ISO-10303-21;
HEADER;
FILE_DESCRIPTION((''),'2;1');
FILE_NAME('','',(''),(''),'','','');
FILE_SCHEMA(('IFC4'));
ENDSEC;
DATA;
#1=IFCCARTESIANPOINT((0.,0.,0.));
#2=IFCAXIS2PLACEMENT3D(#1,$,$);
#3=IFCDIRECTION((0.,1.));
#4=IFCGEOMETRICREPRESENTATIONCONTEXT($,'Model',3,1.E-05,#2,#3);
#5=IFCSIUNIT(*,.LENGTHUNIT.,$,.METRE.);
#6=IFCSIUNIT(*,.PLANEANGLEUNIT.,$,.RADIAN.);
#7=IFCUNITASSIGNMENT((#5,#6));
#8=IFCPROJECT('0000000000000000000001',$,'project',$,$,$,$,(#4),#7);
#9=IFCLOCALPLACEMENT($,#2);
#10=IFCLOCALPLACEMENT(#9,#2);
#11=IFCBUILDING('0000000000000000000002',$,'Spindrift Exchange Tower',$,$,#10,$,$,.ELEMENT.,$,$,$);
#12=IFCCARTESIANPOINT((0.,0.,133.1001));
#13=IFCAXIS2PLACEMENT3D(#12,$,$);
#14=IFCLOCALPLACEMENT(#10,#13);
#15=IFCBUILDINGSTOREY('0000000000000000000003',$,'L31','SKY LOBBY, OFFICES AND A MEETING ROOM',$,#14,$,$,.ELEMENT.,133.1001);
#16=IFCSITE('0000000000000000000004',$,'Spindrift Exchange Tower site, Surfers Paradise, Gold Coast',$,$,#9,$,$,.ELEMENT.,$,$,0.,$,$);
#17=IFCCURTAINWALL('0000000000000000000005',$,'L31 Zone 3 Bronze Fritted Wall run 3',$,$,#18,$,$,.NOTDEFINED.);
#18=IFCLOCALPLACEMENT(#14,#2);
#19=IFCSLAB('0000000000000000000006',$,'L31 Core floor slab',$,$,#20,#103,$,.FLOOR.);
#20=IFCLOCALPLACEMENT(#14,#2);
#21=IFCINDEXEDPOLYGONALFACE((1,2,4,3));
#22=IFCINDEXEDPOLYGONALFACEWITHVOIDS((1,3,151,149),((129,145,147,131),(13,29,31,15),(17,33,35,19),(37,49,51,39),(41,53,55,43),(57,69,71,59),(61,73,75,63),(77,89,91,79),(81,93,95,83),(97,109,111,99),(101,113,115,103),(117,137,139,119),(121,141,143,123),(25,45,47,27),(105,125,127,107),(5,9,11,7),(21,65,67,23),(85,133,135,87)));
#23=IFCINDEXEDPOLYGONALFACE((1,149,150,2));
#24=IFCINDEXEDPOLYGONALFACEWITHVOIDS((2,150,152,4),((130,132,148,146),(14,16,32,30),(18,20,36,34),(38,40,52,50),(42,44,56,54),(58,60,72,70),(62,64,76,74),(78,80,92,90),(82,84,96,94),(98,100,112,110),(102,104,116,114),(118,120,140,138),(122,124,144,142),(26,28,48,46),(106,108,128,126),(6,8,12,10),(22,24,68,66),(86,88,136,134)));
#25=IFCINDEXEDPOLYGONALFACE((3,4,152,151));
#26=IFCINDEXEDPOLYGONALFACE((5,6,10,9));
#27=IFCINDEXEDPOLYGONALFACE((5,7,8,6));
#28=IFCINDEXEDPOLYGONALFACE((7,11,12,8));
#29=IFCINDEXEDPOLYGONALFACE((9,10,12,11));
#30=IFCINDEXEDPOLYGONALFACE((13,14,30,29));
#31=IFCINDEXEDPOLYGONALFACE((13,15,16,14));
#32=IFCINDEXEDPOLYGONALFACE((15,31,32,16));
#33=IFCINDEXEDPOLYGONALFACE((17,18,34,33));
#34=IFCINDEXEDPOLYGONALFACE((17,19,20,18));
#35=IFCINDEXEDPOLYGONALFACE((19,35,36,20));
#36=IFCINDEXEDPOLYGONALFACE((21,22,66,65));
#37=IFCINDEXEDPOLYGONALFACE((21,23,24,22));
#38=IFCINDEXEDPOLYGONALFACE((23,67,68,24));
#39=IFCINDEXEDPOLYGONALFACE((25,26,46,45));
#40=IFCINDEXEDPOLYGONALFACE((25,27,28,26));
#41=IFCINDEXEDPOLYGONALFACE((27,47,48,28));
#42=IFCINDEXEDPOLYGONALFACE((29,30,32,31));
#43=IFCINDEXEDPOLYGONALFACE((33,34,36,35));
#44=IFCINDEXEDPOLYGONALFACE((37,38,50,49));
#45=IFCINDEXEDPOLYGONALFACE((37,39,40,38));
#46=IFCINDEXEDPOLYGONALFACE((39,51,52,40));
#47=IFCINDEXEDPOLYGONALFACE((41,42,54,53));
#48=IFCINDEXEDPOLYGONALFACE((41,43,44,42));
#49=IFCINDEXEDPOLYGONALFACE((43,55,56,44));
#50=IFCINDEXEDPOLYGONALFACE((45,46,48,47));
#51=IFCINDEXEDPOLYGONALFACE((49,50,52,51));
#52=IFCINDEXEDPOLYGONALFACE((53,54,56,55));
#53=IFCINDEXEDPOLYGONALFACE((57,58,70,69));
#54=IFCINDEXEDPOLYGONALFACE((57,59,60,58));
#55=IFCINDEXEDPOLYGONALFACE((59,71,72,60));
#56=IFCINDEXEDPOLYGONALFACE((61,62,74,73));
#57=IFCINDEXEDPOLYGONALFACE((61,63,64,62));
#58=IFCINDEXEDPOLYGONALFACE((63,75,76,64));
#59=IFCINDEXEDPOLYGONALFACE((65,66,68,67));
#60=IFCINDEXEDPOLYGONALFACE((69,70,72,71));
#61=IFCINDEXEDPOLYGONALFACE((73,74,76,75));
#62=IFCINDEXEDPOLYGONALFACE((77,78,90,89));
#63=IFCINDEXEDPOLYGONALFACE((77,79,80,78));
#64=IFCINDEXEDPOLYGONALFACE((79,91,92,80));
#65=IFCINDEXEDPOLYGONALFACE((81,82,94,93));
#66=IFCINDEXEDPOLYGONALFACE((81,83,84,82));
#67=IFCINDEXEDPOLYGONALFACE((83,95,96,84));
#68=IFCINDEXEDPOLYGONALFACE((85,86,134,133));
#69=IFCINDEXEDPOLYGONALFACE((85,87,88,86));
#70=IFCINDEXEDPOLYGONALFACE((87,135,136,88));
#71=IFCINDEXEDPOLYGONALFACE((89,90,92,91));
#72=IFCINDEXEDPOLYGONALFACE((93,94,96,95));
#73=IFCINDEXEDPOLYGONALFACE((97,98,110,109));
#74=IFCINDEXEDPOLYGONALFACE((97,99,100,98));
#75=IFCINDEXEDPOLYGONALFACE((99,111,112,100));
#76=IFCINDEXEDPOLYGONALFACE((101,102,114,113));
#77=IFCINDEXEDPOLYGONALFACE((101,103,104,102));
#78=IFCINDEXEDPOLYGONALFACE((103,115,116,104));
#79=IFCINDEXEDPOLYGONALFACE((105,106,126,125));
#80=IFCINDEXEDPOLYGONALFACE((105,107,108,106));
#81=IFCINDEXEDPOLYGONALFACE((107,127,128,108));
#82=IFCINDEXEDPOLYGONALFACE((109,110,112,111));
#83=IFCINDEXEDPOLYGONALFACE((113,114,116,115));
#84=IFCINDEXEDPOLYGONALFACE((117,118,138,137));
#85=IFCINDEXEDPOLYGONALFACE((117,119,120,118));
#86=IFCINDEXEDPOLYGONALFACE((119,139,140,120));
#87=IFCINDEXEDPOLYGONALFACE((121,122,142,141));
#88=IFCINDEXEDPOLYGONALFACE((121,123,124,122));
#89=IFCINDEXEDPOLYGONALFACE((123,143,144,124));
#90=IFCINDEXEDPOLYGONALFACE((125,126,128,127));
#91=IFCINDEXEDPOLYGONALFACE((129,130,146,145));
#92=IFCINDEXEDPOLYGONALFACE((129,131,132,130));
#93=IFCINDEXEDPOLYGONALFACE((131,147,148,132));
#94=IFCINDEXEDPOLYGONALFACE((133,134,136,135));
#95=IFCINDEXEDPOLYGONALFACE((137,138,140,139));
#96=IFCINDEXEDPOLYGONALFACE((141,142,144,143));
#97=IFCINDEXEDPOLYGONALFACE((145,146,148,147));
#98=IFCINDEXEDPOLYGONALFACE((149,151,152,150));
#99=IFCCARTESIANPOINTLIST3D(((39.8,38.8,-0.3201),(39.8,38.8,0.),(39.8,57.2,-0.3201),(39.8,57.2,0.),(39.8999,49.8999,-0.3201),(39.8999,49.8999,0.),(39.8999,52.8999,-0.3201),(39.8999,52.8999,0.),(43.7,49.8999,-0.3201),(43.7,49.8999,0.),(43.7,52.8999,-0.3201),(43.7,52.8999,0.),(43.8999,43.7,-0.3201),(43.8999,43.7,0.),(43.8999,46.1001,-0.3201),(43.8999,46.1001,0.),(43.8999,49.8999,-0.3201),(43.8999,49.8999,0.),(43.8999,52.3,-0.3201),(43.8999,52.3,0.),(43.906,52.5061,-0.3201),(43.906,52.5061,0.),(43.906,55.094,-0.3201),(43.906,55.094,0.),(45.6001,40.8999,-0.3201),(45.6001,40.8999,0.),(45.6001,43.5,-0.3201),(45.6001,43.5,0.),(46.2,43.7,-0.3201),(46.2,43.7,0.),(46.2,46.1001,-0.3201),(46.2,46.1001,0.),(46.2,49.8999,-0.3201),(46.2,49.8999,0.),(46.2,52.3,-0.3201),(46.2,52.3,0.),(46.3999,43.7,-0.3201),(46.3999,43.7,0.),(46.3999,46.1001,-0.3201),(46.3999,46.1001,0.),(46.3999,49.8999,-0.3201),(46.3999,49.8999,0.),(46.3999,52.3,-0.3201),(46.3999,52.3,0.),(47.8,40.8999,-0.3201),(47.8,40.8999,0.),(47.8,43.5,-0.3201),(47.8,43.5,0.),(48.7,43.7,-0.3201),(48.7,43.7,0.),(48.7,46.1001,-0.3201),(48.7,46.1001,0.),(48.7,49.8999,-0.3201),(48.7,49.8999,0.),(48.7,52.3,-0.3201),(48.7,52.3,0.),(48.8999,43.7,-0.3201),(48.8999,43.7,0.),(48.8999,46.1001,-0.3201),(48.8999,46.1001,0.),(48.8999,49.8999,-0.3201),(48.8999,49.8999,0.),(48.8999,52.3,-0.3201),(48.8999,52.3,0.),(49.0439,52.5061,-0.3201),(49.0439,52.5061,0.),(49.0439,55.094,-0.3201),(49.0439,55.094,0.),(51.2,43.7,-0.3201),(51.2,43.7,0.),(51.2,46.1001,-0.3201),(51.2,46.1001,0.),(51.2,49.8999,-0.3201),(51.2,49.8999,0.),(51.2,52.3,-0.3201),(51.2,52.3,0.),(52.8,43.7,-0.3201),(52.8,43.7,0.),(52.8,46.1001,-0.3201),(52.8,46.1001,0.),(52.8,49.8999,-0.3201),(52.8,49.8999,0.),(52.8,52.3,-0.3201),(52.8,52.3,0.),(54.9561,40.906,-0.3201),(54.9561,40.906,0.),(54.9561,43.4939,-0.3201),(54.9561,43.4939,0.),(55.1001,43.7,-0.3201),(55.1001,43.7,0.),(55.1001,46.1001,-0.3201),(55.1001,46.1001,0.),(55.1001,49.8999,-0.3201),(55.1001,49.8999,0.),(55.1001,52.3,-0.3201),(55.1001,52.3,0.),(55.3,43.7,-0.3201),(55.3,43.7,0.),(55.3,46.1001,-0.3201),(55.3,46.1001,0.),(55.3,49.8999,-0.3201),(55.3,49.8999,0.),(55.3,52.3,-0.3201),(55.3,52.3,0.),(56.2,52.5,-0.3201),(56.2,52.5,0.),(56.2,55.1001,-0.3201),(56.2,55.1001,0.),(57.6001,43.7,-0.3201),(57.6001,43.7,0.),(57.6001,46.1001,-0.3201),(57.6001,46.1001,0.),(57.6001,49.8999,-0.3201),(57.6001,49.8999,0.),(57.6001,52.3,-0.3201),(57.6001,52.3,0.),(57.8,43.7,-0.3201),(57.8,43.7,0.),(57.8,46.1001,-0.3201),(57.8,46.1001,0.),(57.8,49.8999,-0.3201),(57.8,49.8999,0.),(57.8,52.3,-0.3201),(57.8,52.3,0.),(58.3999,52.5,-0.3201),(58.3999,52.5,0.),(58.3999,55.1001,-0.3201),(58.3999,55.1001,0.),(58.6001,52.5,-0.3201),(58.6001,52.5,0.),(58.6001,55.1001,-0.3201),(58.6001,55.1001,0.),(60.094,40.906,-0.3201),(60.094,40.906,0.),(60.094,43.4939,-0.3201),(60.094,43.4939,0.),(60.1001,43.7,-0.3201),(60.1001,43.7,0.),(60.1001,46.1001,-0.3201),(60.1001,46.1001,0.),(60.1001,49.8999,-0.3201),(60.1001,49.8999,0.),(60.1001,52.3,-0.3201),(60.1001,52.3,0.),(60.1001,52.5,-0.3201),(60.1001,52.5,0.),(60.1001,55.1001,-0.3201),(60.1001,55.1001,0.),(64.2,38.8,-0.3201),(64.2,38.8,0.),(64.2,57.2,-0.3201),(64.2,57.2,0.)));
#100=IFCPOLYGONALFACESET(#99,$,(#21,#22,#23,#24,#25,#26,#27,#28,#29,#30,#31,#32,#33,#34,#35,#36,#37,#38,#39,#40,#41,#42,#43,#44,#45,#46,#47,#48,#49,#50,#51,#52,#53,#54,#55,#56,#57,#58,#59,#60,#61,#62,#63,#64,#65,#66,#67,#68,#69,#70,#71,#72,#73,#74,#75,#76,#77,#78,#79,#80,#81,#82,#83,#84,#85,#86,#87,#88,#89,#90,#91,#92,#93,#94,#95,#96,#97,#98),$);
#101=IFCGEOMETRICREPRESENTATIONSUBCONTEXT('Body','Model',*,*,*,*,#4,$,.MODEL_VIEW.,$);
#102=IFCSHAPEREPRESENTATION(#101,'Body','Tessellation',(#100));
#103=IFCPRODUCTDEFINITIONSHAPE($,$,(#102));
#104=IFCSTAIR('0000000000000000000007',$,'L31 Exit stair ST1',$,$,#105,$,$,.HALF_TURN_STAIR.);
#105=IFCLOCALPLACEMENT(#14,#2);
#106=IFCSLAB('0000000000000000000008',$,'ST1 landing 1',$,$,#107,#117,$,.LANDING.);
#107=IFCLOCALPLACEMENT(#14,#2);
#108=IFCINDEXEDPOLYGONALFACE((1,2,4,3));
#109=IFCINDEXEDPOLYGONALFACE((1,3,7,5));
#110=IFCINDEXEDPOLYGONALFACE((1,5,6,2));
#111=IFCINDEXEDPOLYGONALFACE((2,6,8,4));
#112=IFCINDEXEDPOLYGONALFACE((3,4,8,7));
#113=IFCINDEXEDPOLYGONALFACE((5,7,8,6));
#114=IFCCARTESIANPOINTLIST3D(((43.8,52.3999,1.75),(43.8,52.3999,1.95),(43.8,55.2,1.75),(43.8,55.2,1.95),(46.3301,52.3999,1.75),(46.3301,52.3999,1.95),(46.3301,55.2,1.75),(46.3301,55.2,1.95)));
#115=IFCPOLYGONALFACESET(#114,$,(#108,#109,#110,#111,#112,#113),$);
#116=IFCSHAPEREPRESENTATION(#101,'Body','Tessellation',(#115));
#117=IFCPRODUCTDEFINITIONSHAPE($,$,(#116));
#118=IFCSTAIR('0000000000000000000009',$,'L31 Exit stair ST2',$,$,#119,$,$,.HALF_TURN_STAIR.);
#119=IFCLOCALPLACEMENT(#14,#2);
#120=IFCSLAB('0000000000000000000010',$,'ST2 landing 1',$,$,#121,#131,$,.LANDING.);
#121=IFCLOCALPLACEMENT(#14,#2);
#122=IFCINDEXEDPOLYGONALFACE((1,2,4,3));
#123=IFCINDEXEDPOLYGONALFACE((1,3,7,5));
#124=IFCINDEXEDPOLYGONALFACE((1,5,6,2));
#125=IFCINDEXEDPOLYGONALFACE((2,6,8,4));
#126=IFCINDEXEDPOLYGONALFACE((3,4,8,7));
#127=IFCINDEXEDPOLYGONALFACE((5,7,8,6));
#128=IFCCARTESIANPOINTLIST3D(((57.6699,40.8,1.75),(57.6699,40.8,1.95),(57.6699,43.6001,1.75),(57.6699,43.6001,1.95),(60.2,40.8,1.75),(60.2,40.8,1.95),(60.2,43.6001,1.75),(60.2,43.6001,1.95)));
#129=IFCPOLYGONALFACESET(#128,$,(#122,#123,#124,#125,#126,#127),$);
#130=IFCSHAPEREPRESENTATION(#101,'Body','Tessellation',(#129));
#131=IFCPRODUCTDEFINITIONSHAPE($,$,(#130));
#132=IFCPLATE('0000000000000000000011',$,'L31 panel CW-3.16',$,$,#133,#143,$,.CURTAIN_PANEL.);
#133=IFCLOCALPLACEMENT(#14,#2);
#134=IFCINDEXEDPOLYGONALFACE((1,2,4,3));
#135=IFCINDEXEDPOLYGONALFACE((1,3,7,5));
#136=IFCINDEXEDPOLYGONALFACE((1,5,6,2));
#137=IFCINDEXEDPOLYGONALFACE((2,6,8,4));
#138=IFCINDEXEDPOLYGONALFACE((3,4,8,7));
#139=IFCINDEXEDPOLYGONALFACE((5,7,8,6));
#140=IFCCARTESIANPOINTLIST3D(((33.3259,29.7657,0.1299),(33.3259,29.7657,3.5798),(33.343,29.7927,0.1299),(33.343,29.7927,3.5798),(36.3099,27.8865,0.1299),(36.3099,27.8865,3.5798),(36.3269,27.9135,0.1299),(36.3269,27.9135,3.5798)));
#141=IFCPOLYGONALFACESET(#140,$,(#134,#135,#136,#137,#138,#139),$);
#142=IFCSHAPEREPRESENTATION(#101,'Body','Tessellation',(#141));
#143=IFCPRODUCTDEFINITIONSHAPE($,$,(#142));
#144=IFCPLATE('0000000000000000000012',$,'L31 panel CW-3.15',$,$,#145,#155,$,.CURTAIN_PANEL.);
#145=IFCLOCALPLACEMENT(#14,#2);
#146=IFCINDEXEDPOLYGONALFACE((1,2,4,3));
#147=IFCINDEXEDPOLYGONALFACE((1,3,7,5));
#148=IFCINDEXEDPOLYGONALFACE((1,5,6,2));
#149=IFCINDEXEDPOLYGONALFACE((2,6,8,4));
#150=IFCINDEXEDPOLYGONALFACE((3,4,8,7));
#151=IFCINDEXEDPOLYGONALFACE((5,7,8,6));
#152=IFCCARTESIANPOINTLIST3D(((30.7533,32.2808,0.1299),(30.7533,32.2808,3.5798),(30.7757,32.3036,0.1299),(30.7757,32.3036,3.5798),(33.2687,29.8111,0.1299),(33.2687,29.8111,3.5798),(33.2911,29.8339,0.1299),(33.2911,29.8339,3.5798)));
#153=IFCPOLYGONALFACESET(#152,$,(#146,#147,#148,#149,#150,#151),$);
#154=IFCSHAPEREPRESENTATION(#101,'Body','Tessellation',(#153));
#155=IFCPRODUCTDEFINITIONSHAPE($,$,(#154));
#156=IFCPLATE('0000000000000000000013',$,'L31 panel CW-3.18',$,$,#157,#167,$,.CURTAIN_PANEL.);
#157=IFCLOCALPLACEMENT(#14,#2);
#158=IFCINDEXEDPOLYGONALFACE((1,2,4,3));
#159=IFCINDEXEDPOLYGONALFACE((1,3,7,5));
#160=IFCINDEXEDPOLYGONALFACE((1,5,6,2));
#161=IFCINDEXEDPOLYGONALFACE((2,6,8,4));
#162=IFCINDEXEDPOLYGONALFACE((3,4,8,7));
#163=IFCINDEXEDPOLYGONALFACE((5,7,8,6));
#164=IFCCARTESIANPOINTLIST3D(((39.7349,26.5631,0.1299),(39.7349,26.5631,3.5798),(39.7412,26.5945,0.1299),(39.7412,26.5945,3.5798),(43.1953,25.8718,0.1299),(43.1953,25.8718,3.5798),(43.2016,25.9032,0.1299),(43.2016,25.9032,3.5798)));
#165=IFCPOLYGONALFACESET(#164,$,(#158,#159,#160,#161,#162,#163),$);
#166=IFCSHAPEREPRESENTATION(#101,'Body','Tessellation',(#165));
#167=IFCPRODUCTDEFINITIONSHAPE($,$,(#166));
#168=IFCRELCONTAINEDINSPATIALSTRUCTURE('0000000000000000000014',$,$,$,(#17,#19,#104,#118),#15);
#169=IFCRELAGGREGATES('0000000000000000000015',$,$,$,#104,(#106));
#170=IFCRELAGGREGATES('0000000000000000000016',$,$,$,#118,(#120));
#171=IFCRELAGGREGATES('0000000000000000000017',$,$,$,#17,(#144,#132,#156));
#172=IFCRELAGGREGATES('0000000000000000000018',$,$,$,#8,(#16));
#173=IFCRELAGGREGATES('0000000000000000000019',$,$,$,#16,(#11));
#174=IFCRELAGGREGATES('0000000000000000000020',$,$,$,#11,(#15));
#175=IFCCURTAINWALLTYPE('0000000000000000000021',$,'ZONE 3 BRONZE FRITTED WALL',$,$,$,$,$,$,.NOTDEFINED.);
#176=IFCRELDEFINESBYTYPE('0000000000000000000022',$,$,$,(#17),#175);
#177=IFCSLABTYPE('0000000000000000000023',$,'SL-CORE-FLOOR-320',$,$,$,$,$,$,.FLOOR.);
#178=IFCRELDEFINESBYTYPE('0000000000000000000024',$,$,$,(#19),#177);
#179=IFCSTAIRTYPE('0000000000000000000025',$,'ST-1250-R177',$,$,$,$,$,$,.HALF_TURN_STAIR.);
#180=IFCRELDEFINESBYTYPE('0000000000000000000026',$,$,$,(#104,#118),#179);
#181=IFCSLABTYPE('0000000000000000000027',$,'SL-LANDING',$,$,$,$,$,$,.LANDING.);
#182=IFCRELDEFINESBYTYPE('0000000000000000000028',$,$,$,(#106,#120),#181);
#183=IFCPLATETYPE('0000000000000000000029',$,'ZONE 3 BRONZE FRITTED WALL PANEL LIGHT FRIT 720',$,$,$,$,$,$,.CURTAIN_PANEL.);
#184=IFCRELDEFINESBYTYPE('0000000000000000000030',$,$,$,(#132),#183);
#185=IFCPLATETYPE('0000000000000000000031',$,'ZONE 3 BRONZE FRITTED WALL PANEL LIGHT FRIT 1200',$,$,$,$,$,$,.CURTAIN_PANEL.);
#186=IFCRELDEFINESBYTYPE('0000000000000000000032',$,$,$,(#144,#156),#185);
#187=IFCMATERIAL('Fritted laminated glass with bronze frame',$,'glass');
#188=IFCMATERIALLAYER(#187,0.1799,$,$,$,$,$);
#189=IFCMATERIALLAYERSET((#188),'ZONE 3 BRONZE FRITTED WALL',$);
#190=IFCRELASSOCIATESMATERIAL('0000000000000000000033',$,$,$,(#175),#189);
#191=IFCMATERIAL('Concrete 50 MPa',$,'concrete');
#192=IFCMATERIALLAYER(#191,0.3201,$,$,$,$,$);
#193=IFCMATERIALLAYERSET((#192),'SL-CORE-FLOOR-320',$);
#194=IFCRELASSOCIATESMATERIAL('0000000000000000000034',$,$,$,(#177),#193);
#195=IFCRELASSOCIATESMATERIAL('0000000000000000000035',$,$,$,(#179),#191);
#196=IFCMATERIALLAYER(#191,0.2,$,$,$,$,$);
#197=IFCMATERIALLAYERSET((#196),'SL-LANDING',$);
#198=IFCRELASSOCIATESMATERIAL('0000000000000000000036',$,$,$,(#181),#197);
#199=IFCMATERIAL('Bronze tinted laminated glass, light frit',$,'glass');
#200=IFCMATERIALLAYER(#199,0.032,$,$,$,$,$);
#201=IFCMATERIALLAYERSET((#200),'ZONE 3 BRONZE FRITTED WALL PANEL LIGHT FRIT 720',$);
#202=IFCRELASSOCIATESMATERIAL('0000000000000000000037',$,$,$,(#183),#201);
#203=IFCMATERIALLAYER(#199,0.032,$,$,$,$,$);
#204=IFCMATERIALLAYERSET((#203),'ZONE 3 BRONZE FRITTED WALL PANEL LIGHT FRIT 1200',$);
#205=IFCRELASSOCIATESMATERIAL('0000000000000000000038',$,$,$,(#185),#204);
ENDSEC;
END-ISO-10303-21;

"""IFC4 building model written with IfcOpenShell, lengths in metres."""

from ifc_helpers import new_model, si_unit, direction, frame, origin, origin_2d, place, context, subcontext, project, spatial, line, indexed_curve, rectangle, outline, extrude, source, transform, mapped, material, layer, layer_set, type_object, element, aggregate, save


model = new_model("IFC4")

# Units and contexts
model_context = context("Model", 3, precision=1e-05, world=origin(), true_north=direction((0.0, 1.0)))
body_context = subcontext(model_context, "Body", "Model", "MODEL_VIEW")
ifc_project = project(units=[si_unit("LENGTHUNIT", "METRE"), si_unit("PLANEANGLEUNIT", "RADIAN")], contexts=[model_context])

# Site, building, storey
site_placement = place(None, origin())
site = spatial("IfcSite", under=ifc_project, at=site_placement, Name="Spindrift Exchange Tower site, Surfers Paradise, Gold Coast", CompositionType="ELEMENT", RefElevation=0.0)
building_placement = place(site_placement, origin())
building = spatial("IfcBuilding", under=site, at=building_placement, Name="Spindrift Exchange Tower", CompositionType="ELEMENT")
storey_placement = place(building_placement, frame((0.0, 0.0, 133.1001)))
storey = spatial("IfcBuildingStorey", under=building, at=storey_placement, Name="L31", Description="SKY LOBBY, OFFICES AND A MEETING ROOM", CompositionType="ELEMENT", Elevation=133.1001)

# Shared definitions
ifc_material_1 = material(Name="Concrete 50 MPa", Category="concrete")

# Curtain wall
ifc_material_2 = material(Name="Fritted laminated glass with bronze frame", Category="glass")
ifc_layer_1 = layer(ifc_material_2, 0.1799)
ifc_layer_set_1 = layer_set([ifc_layer_1], Name="ZONE 3 BRONZE FRITTED WALL")
curtain_wall_type = type_object("IfcCurtainWallType", Name="ZONE 3 BRONZE FRITTED WALL", PredefinedType="NOTDEFINED", material=ifc_layer_set_1)
curtain_wall_placement = place(storey_placement, origin())
curtain_wall = element("IfcCurtainWall", 1, at=curtain_wall_placement, inside=storey, type_object=curtain_wall_type, Name="L31 Zone 3 Bronze Fritted Wall run 3", PredefinedType="NOTDEFINED")

# Slab
ifc_layer_2 = layer(ifc_material_1, 0.3201)
ifc_layer_set_2 = layer_set([ifc_layer_2], Name="SL-CORE-FLOOR-320")
slab_type_1 = type_object("IfcSlabType", Name="SL-CORE-FLOOR-320", PredefinedType="FLOOR", material=ifc_layer_set_2)
slab_1_placement = place(storey_placement, frame((0.0, 0.0, -0.3201)))
element("IfcSlab", 2, at=slab_1_placement, inside=storey, type_object=slab_type_1, Name="L31 Core floor slab", PredefinedType="FLOOR", context=body_context, shape_type="SweptSolid", body=[
    extrude(outline(indexed_curve([(39.8, 38.8), (39.8, 57.2), (64.2, 57.2), (64.2, 38.8)], segments=[line(1, 2, 3, 4, 1)], self_intersect=False), holes=[indexed_curve([(47.8, 43.5), (45.6001, 43.5), (45.6001, 40.8999), (47.8, 40.8999)], segments=[line(1, 2, 3, 4, 1)], self_intersect=False), indexed_curve([(46.2, 46.1001), (43.8999, 46.1001), (43.8999, 43.7), (46.2, 43.7)], segments=[line(1, 2, 3, 4, 1)], self_intersect=False), indexed_curve([(48.7, 46.1001), (46.3999, 46.1001), (46.3999, 43.7), (48.7, 43.7)], segments=[line(1, 2, 3, 4, 1)], self_intersect=False), indexed_curve([(51.2, 46.1001), (48.8999, 46.1001), (48.8999, 43.7), (51.2, 43.7)], segments=[line(1, 2, 3, 4, 1)], self_intersect=False), indexed_curve([(46.2, 52.3), (43.8999, 52.3), (43.8999, 49.8999), (46.2, 49.8999)], segments=[line(1, 2, 3, 4, 1)], self_intersect=False), indexed_curve([(48.7, 52.3), (46.3999, 52.3), (46.3999, 49.8999), (48.7, 49.8999)], segments=[line(1, 2, 3, 4, 1)], self_intersect=False), indexed_curve([(51.2, 52.3), (48.8999, 52.3), (48.8999, 49.8999), (51.2, 49.8999)], segments=[line(1, 2, 3, 4, 1)], self_intersect=False), indexed_curve([(43.7, 49.8999), (43.7, 52.8999), (39.8999, 52.8999), (39.8999, 49.8999)], segments=[line(1, 2, 3, 4, 1)], self_intersect=False), indexed_curve([(49.0439, 55.094), (43.906, 55.094), (43.906, 52.5061), (49.0439, 52.5061)], segments=[line(1, 2, 3, 4, 1)], self_intersect=False), indexed_curve([(60.094, 40.906), (60.094, 43.4939), (54.9561, 43.4939), (54.9561, 40.906)], segments=[line(1, 2, 3, 4, 1)], self_intersect=False), indexed_curve([(55.1001, 46.1001), (52.8, 46.1001), (52.8, 43.7), (55.1001, 43.7)], segments=[line(1, 2, 3, 4, 1)], self_intersect=False), indexed_curve([(57.6001, 46.1001), (55.3, 46.1001), (55.3, 43.7), (57.6001, 43.7)], segments=[line(1, 2, 3, 4, 1)], self_intersect=False), indexed_curve([(60.1001, 46.1001), (57.8, 46.1001), (57.8, 43.7), (60.1001, 43.7)], segments=[line(1, 2, 3, 4, 1)], self_intersect=False), indexed_curve([(55.1001, 52.3), (52.8, 52.3), (52.8, 49.8999), (55.1001, 49.8999)], segments=[line(1, 2, 3, 4, 1)], self_intersect=False), indexed_curve([(57.6001, 52.3), (55.3, 52.3), (55.3, 49.8999), (57.6001, 49.8999)], segments=[line(1, 2, 3, 4, 1)], self_intersect=False), indexed_curve([(60.1001, 52.3), (57.8, 52.3), (57.8, 49.8999), (60.1001, 49.8999)], segments=[line(1, 2, 3, 4, 1)], self_intersect=False), indexed_curve([(58.3999, 52.5), (58.3999, 55.1001), (56.2, 55.1001), (56.2, 52.5)], segments=[line(1, 2, 3, 4, 1)], self_intersect=False), indexed_curve([(60.1001, 52.5), (60.1001, 55.1001), (58.6001, 55.1001), (58.6001, 52.5)], segments=[line(1, 2, 3, 4, 1)], self_intersect=False)]), origin(), (0.0, 0.0, 1.0), 0.3201),
])

# Stairs, slabs
stair_type = type_object("IfcStairType", Name="ST-1250-R177", PredefinedType="HALF_TURN_STAIR", material=ifc_material_1)
stair_1_placement = place(storey_placement, origin())
stair_1 = element("IfcStair", 3, at=stair_1_placement, inside=storey, type_object=stair_type, Name="L31 Exit stair ST1", PredefinedType="HALF_TURN_STAIR")
ifc_layer_3 = layer(ifc_material_1, 0.2)
ifc_layer_set_3 = layer_set([ifc_layer_3], Name="SL-LANDING")
slab_type_2 = type_object("IfcSlabType", Name="SL-LANDING", PredefinedType="LANDING", material=ifc_layer_set_3)
slab_2_placement = place(storey_placement, frame((0.0, 0.0, 1.75)))
slab_2 = element("IfcSlab", 4, at=slab_2_placement, type_object=slab_type_2, Name="ST1 landing 1", PredefinedType="LANDING", context=body_context, shape_type="SweptSolid", body=[
    extrude(outline(indexed_curve([(46.3301, 52.3999), (43.8, 52.3999), (43.8, 55.2), (46.3301, 55.2)], segments=[line(1, 2, 3, 4, 1)], self_intersect=False)), origin(), (0.0, 0.0, 1.0), 0.2),
])
aggregate(stair_1, [slab_2])
stair_2_placement = place(storey_placement, origin())
stair_2 = element("IfcStair", 5, at=stair_2_placement, inside=storey, type_object=stair_type, Name="L31 Exit stair ST2", PredefinedType="HALF_TURN_STAIR")
slab_3_placement = place(storey_placement, frame((0.0, 0.0, 1.75)))
slab_3 = element("IfcSlab", 6, at=slab_3_placement, type_object=slab_type_2, Name="ST2 landing 1", PredefinedType="LANDING", context=body_context, shape_type="SweptSolid", body=[
    extrude(outline(indexed_curve([(57.6699, 43.6001), (60.2, 43.6001), (60.2, 40.8), (57.6699, 40.8)], segments=[line(1, 2, 3, 4, 1)], self_intersect=False)), origin(), (0.0, 0.0, 1.0), 0.2),
])
aggregate(stair_2, [slab_3])

# Plates
ifc_material_3 = material(Name="Bronze tinted laminated glass, light frit", Category="glass")
ifc_layer_4 = layer(ifc_material_3, 0.032)
ifc_layer_set_4 = layer_set([ifc_layer_4], Name="ZONE 3 BRONZE FRITTED WALL PANEL LIGHT FRIT 720")
plate_type_1 = type_object("IfcPlateType", Name="ZONE 3 BRONZE FRITTED WALL PANEL LIGHT FRIT 720", PredefinedType="CURTAIN_PANEL", material=ifc_layer_set_4)
shared_shape_1 = source(origin(), body_context, "Body", "SweptSolid", [
    extrude(rectangle(XDim=3.5264, YDim=0.032, at=origin_2d()), origin(), (0.0, 0.0, 1.0), 3.45),
])
plate_1_placement = place(storey_placement, frame((34.8264, 28.8396, 0.1299), z_axis=(0.0, 0.0, 1.0), x_axis=(0.846174, -0.532907, 0.0)))
plate_1 = element("IfcPlate", 7, at=plate_1_placement, type_object=plate_type_1, Name="L31 panel CW-3.16", PredefinedType="CURTAIN_PANEL", context=body_context, shape_type="MappedRepresentation", body=[
    mapped(shared_shape_1, transform((0.0, 0.0, 0.0), scale=1.0)),
])
ifc_layer_5 = layer(ifc_material_3, 0.032)
ifc_layer_set_5 = layer_set([ifc_layer_5], Name="ZONE 3 BRONZE FRITTED WALL PANEL LIGHT FRIT 1200")
plate_type_2 = type_object("IfcPlateType", Name="ZONE 3 BRONZE FRITTED WALL PANEL LIGHT FRIT 1200", PredefinedType="CURTAIN_PANEL", material=ifc_layer_set_5)
shared_shape_2 = source(origin(), body_context, "Body", "SweptSolid", [
    extrude(rectangle(XDim=3.5251, YDim=0.032, at=origin_2d()), origin(), (0.0, 0.0, 1.0), 3.45),
])
plate_2_placement = place(storey_placement, frame((32.0222, 31.0574, 0.1299), z_axis=(0.0, 0.0, 1.0), x_axis=(0.713559, -0.700595, 0.0)))
plate_2 = element("IfcPlate", 8, at=plate_2_placement, type_object=plate_type_2, Name="L31 panel CW-3.15", PredefinedType="CURTAIN_PANEL", context=body_context, shape_type="MappedRepresentation", body=[
    mapped(shared_shape_2, transform((0.0, 0.0, 0.0), scale=1.0)),
])
shared_shape_3 = source(origin(), body_context, "Body", "SweptSolid", [
    extrude(rectangle(XDim=3.5288, YDim=0.032, at=origin_2d()), origin(), (0.0, 0.0, 1.0), 3.45),
])
plate_3_placement = place(storey_placement, frame((41.4683, 26.2332, 0.1299), z_axis=(0.0, 0.0, 1.0), x_axis=(0.980624, -0.195902, 0.0)))
plate_3 = element("IfcPlate", 9, at=plate_3_placement, type_object=plate_type_2, Name="L31 panel CW-3.18", PredefinedType="CURTAIN_PANEL", context=body_context, shape_type="MappedRepresentation", body=[
    mapped(shared_shape_3, transform((0.0, 0.0, 0.0), scale=1.0)),
])
aggregate(curtain_wall, [plate_2, plate_1, plate_3])

save(model, "model.ifc")
